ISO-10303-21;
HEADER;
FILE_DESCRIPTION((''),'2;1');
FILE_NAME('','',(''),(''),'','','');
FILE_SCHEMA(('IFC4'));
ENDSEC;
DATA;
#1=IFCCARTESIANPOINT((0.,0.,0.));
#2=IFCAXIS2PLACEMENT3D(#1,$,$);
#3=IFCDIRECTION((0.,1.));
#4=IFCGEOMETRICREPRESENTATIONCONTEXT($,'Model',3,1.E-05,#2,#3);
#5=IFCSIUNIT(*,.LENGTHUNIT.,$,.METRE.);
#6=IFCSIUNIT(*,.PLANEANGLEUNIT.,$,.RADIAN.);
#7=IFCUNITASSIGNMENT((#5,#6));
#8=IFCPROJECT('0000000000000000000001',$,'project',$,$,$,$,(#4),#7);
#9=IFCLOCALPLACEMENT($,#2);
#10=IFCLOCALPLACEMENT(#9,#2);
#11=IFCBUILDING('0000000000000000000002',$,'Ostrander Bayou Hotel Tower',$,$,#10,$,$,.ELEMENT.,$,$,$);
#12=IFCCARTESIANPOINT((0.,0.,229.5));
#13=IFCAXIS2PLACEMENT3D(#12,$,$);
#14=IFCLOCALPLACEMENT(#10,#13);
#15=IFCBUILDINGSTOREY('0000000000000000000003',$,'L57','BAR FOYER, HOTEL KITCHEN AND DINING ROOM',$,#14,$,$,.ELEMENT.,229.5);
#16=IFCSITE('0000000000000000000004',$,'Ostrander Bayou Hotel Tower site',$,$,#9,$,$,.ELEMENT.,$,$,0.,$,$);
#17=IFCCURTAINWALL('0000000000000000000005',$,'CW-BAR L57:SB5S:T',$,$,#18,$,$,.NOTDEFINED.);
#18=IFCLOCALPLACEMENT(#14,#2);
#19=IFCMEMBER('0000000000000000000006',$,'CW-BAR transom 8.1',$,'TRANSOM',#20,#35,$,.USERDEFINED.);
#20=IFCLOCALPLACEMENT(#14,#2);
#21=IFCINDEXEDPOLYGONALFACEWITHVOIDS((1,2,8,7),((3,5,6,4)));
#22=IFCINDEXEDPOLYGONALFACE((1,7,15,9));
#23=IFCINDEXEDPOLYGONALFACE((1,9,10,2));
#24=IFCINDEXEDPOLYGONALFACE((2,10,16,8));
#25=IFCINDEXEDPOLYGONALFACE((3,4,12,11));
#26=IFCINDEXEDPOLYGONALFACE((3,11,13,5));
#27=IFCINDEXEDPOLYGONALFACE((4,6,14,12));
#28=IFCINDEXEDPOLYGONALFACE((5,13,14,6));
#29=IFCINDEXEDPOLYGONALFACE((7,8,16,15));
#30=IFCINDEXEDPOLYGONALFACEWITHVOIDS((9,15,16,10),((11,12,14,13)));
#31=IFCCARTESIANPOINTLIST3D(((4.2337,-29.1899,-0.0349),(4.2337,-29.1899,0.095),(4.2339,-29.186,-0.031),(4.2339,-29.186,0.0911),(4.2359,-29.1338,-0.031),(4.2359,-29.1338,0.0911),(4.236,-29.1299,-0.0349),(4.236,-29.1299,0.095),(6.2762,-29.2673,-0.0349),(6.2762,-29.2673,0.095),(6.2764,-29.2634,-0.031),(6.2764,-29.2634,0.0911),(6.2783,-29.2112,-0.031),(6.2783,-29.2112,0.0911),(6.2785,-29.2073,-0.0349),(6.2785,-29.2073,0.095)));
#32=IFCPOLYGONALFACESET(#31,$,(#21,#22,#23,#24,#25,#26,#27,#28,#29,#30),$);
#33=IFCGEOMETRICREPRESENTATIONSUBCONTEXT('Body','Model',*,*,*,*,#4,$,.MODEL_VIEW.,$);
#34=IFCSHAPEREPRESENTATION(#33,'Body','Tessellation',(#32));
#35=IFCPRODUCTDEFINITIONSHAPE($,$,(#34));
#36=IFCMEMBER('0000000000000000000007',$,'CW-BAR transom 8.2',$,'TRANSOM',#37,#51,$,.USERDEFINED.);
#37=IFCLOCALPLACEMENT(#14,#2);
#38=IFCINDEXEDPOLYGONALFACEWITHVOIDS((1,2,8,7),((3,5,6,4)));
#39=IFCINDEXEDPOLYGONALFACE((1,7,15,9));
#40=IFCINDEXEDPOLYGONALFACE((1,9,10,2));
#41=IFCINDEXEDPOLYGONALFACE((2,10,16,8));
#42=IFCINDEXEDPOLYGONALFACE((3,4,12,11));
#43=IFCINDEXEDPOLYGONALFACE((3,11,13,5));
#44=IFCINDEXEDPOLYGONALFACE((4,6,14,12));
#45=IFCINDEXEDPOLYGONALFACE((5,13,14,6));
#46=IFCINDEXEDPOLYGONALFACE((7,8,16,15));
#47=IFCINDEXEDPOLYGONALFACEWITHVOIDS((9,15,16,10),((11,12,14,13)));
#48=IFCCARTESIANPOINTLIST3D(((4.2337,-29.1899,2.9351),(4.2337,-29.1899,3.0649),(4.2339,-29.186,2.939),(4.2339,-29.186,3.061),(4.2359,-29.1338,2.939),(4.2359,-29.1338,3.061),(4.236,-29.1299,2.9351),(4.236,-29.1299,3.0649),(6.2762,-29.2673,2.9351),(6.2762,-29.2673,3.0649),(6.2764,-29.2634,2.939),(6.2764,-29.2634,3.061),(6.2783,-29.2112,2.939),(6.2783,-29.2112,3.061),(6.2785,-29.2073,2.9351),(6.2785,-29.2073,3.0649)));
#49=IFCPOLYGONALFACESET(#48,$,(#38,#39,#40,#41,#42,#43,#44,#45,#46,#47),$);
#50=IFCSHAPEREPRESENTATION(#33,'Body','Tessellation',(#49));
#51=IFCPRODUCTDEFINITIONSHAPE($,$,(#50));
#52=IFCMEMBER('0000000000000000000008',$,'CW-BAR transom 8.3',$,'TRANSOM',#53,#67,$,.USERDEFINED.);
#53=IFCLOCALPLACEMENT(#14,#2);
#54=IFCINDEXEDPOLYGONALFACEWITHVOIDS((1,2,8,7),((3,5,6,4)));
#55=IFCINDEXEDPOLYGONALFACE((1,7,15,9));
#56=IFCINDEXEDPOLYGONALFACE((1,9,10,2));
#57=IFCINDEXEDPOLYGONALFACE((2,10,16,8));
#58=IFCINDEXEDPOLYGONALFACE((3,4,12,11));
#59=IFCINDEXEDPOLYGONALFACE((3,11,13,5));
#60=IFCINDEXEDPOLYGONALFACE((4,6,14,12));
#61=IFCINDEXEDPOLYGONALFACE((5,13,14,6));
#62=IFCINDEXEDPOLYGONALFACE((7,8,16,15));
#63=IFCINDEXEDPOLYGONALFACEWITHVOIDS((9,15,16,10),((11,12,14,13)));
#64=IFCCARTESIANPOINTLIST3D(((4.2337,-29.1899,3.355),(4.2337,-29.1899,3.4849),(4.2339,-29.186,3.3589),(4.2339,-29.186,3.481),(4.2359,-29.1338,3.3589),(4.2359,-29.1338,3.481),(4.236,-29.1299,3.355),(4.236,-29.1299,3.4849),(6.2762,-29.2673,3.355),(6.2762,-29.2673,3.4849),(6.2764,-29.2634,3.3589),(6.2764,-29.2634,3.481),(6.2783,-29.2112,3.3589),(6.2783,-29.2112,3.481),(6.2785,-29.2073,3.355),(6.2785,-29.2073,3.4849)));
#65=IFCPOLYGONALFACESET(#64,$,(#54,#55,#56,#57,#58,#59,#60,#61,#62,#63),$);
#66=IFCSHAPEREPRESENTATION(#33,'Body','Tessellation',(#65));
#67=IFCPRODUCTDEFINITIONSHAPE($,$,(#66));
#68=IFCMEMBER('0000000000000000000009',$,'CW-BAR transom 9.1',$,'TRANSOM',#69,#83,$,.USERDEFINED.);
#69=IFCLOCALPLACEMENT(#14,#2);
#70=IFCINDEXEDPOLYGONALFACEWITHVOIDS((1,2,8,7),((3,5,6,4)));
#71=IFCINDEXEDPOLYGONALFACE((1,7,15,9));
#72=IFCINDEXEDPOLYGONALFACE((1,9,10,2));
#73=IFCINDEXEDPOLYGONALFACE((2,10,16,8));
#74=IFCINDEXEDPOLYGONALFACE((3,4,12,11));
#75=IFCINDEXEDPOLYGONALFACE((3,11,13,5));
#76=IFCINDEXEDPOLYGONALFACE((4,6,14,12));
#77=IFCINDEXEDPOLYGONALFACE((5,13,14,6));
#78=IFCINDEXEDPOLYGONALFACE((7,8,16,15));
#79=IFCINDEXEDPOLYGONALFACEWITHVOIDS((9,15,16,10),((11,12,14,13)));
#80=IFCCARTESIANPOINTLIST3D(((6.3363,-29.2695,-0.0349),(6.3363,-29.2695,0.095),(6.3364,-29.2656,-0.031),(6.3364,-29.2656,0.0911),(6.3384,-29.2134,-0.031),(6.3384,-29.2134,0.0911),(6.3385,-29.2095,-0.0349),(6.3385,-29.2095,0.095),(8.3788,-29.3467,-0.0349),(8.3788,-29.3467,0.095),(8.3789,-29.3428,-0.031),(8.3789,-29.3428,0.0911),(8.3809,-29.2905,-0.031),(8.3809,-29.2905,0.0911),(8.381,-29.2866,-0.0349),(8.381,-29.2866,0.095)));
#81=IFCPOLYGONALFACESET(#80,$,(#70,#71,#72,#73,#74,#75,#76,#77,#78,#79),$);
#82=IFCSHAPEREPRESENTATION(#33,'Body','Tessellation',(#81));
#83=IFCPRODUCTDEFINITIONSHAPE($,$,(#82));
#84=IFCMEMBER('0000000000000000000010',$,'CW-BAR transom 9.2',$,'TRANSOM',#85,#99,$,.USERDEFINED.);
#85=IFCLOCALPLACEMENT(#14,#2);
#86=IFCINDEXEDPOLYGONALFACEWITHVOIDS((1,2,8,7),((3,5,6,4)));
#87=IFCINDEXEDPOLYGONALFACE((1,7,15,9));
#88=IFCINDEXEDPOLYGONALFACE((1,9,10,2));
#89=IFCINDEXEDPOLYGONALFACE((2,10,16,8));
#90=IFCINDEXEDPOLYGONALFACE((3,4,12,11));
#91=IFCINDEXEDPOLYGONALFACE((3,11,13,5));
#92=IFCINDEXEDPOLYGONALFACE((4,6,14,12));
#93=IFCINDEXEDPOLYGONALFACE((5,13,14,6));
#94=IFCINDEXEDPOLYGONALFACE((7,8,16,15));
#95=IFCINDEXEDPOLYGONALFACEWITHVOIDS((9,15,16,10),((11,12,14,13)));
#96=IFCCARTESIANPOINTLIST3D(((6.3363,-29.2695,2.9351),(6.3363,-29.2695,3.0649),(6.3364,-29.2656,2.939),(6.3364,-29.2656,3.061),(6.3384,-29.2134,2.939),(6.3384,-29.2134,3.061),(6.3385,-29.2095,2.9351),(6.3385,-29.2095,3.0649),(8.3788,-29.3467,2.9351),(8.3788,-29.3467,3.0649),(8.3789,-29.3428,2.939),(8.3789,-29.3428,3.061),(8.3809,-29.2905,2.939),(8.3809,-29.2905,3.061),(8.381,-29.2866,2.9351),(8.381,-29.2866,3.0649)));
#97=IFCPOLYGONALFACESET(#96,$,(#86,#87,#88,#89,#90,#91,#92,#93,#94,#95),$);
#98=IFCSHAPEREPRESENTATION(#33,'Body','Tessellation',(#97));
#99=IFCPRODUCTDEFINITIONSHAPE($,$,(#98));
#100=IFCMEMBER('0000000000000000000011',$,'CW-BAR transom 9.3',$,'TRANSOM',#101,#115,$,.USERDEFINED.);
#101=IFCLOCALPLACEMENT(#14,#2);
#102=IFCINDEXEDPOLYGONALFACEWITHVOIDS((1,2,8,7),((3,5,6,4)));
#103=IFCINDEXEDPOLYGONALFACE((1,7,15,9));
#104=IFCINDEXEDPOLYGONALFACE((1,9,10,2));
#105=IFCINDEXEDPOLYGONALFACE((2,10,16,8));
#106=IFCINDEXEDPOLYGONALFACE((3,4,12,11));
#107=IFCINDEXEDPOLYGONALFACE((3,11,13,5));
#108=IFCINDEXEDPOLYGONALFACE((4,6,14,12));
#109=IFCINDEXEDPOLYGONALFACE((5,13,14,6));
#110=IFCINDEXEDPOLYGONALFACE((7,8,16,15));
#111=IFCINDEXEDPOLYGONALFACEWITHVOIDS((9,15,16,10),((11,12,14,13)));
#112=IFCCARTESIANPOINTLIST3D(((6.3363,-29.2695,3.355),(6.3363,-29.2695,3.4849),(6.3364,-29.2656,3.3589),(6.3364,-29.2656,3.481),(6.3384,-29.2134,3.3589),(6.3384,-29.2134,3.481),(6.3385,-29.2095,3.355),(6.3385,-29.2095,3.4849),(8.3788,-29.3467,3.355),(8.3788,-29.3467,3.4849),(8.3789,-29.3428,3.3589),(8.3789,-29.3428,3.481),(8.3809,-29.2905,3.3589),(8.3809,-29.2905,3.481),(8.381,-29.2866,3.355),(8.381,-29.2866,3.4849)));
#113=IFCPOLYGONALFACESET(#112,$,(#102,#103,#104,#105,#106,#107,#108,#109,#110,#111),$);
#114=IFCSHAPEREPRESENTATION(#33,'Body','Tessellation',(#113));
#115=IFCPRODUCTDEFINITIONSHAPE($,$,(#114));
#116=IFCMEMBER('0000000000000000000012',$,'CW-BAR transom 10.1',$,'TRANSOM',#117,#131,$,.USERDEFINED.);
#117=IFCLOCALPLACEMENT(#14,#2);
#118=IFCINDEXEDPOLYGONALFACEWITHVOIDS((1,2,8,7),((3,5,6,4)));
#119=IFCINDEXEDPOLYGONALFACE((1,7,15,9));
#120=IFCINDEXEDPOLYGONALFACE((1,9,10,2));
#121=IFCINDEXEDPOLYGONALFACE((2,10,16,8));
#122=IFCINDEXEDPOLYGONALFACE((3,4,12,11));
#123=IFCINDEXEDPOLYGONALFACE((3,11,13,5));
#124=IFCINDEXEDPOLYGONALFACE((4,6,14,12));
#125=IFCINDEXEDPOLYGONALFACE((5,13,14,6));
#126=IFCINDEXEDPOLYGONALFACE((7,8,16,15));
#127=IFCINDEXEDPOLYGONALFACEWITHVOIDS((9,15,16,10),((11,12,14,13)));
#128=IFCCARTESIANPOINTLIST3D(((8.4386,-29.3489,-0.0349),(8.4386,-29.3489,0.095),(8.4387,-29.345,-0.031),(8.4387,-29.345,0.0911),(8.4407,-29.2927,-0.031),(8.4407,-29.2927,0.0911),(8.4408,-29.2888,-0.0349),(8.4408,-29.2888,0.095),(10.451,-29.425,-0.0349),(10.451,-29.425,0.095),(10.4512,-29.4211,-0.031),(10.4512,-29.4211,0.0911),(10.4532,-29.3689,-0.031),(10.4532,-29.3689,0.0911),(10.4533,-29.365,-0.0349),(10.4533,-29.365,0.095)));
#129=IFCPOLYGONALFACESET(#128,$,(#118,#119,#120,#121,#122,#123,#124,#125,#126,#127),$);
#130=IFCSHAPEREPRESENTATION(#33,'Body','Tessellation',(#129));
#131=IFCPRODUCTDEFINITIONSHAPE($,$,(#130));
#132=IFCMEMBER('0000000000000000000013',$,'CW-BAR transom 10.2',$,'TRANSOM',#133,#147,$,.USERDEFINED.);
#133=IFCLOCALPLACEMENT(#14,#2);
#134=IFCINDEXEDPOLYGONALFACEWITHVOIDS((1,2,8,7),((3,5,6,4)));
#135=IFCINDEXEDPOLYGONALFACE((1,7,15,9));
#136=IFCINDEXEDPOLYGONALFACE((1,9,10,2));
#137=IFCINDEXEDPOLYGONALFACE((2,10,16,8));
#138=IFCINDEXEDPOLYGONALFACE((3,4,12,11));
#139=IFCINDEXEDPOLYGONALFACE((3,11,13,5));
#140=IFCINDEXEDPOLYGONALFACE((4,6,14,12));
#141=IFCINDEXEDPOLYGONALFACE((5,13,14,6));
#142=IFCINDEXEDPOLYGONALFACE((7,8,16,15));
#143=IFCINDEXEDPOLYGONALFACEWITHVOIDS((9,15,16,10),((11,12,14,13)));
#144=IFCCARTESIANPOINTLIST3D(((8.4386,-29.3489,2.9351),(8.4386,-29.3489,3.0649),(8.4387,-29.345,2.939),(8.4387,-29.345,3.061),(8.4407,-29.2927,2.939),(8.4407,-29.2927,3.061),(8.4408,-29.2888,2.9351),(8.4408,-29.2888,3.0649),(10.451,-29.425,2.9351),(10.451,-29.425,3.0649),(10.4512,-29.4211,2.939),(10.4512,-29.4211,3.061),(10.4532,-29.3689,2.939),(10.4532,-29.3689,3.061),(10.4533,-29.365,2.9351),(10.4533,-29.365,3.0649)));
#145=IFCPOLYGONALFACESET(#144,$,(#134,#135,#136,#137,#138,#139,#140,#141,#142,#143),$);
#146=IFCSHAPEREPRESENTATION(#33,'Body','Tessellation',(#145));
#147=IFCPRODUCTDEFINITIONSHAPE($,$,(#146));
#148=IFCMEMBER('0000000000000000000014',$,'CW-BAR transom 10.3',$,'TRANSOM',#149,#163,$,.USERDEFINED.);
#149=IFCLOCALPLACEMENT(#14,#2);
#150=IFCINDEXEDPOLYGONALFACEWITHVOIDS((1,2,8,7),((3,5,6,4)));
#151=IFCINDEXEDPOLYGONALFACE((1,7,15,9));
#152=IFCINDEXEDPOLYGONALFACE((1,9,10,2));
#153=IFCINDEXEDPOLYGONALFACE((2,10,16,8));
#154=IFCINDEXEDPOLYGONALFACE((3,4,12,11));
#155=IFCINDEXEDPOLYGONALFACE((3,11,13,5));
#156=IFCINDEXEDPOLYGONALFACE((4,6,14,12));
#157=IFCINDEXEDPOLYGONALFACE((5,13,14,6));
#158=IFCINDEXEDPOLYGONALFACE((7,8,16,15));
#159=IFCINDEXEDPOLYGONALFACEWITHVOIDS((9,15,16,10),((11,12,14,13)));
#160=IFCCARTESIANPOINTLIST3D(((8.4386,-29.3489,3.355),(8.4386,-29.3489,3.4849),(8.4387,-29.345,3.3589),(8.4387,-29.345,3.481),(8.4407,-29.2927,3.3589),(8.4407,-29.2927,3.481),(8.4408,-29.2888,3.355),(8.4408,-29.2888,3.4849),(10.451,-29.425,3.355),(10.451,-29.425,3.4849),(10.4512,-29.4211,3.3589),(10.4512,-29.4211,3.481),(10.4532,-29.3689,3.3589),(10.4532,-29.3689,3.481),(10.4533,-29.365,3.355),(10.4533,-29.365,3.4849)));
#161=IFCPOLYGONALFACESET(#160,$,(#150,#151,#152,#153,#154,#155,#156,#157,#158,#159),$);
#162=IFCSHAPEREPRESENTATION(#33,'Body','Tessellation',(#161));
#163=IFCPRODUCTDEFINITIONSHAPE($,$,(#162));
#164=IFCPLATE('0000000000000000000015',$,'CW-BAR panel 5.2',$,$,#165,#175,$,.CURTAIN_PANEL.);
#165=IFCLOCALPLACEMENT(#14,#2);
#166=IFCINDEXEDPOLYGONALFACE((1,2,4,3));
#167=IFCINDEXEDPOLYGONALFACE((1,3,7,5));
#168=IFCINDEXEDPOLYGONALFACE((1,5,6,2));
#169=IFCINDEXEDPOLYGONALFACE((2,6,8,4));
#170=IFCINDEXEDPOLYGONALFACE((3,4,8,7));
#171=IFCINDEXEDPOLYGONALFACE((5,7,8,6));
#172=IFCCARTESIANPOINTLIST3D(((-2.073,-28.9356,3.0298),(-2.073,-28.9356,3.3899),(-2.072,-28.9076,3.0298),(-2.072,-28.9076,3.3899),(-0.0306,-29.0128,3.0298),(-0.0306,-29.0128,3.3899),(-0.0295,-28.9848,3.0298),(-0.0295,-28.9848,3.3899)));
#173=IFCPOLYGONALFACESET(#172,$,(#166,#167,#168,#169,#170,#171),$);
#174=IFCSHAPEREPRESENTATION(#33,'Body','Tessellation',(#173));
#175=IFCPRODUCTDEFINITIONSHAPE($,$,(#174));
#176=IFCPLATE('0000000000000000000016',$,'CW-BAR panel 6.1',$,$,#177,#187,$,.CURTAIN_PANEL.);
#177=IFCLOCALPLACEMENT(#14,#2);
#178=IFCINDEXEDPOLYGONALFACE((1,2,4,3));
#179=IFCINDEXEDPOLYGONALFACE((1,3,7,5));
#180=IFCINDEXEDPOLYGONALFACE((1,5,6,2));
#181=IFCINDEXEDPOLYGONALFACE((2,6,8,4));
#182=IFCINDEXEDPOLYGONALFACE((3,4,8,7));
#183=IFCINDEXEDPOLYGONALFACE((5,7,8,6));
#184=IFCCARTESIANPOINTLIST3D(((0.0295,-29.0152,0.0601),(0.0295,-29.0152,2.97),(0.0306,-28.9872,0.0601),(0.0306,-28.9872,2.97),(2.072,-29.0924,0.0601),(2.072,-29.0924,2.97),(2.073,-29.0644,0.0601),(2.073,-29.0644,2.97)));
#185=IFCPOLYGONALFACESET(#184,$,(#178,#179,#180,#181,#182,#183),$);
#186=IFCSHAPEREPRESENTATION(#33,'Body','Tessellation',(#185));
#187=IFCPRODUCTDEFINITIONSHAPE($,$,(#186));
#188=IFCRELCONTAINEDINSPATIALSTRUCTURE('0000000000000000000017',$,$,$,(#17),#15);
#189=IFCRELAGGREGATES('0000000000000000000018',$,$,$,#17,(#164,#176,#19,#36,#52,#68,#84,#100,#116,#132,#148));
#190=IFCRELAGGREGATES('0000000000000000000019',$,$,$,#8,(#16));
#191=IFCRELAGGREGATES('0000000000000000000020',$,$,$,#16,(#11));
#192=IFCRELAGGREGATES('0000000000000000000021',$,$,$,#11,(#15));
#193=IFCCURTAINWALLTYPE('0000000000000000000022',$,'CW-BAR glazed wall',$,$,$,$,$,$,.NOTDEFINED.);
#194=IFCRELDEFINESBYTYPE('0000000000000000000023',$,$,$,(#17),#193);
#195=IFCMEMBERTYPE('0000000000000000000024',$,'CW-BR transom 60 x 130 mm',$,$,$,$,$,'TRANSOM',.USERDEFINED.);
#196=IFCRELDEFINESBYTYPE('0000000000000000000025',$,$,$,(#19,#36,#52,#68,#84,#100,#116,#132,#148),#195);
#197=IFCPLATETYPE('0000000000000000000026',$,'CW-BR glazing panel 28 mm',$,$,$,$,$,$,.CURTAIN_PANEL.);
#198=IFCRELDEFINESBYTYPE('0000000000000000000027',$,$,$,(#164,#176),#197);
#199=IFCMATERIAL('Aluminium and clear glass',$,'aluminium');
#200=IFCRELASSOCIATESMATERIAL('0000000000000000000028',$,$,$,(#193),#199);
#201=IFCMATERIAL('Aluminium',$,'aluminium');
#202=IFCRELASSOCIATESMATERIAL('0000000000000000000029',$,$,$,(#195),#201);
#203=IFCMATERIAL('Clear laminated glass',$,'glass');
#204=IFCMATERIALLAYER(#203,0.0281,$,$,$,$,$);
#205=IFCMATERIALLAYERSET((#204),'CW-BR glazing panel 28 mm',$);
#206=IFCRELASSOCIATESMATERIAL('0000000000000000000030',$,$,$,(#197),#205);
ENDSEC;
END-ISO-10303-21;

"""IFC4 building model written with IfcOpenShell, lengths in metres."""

from ifc_helpers import new_model, si_unit, direction, frame, origin, origin_2d, place, context, subcontext, project, spatial, rectangle, hollow_rectangle, extrude, material, layer, layer_set, material_profile, profile_set, type_object, element, aggregate, save


model = new_model("IFC4")

# Units and contexts
model_context = context("Model", 3, precision=1e-05, world=origin(), true_north=direction((0.0, 1.0)))
body_context = subcontext(model_context, "Body", "Model", "MODEL_VIEW")
ifc_project = project(units=[si_unit("LENGTHUNIT", "METRE"), si_unit("PLANEANGLEUNIT", "RADIAN")], contexts=[model_context])

# Site, building, storey
site_placement = place(None, origin())
site = spatial("IfcSite", under=ifc_project, at=site_placement, Name="Ostrander Bayou Hotel Tower site", CompositionType="ELEMENT", RefElevation=0.0)
building_placement = place(site_placement, origin())
building = spatial("IfcBuilding", under=site, at=building_placement, Name="Ostrander Bayou Hotel Tower", CompositionType="ELEMENT")
storey_placement = place(building_placement, frame((0.0, 0.0, 229.5)))
storey = spatial("IfcBuildingStorey", under=building, at=storey_placement, Name="L57", Description="BAR FOYER, HOTEL KITCHEN AND DINING ROOM", CompositionType="ELEMENT", Elevation=229.5)

# Curtain wall, members, plates
ifc_material_1 = material(Name="Aluminium and clear glass", Category="aluminium")
curtain_wall_type = type_object("IfcCurtainWallType", Name="CW-BAR glazed wall", PredefinedType="NOTDEFINED", material=ifc_material_1)
curtain_wall_placement = place(storey_placement, origin())
curtain_wall = element("IfcCurtainWall", 1, at=curtain_wall_placement, inside=storey, type_object=curtain_wall_type, Name="CW-BAR L57:SB5S:T", PredefinedType="NOTDEFINED")
ifc_material_2 = material(Name="Aluminium", Category="aluminium")
ifc_material_profile_1 = material_profile(ifc_material_2, hollow_rectangle(XDim=0.0601, YDim=0.1299, WallThickness=0.0039, at=origin_2d()))
ifc_profile_set_1 = profile_set([ifc_material_profile_1], Name="Aluminium")
member_type_1 = type_object("IfcMemberType", Name="CW-BR transom 60 x 130 mm", ElementType="TRANSOM", PredefinedType="USERDEFINED", material=ifc_profile_set_1)
member_1_placement = place(storey_placement, frame((4.2349, -29.1599, 0.03), z_axis=(0.999283, -0.037864, 0.0), x_axis=(0.037864, 0.999283, 0.0)))
member_1 = element("IfcMember", 2, at=member_1_placement, type_object=member_type_1, Name="CW-BAR transom 8.1", ObjectType="TRANSOM", PredefinedType="USERDEFINED", context=body_context, shape_type="SweptSolid", body=[
    extrude(hollow_rectangle(XDim=0.0601, YDim=0.1299, WallThickness=0.0039, at=origin_2d()), origin(), (0.0, 0.0, 1.0), 2.0439),
])
member_2_placement = place(storey_placement, frame((4.2349, -29.1599, 3.0), z_axis=(0.999283, -0.037864, 0.0), x_axis=(0.037864, 0.999283, 0.0)))
member_2 = element("IfcMember", 3, at=member_2_placement, type_object=member_type_1, Name="CW-BAR transom 8.2", ObjectType="TRANSOM", PredefinedType="USERDEFINED", context=body_context, shape_type="SweptSolid", body=[
    extrude(hollow_rectangle(XDim=0.0601, YDim=0.1299, WallThickness=0.0039, at=origin_2d()), origin(), (0.0, 0.0, 1.0), 2.0439),
])
member_3_placement = place(storey_placement, frame((4.2349, -29.1599, 3.4199), z_axis=(0.999283, -0.037864, 0.0), x_axis=(0.037864, 0.999283, 0.0)))
member_3 = element("IfcMember", 4, at=member_3_placement, type_object=member_type_1, Name="CW-BAR transom 8.3", ObjectType="TRANSOM", PredefinedType="USERDEFINED", context=body_context, shape_type="SweptSolid", body=[
    extrude(hollow_rectangle(XDim=0.0601, YDim=0.1299, WallThickness=0.0039, at=origin_2d()), origin(), (0.0, 0.0, 1.0), 2.0439),
])
member_4_placement = place(storey_placement, frame((6.3374, -29.2395, 0.03), z_axis=(0.999287, -0.037745, 0.0), x_axis=(0.037745, 0.999287, 0.0)))
member_4 = element("IfcMember", 5, at=member_4_placement, type_object=member_type_1, Name="CW-BAR transom 9.1", ObjectType="TRANSOM", PredefinedType="USERDEFINED", context=body_context, shape_type="SweptSolid", body=[
    extrude(hollow_rectangle(XDim=0.0601, YDim=0.1299, WallThickness=0.0039, at=origin_2d()), origin(), (0.0, 0.0, 1.0), 2.0439),
])
member_5_placement = place(storey_placement, frame((6.3374, -29.2395, 3.0), z_axis=(0.999287, -0.037745, 0.0), x_axis=(0.037745, 0.999287, 0.0)))
member_5 = element("IfcMember", 6, at=member_5_placement, type_object=member_type_1, Name="CW-BAR transom 9.2", ObjectType="TRANSOM", PredefinedType="USERDEFINED", context=body_context, shape_type="SweptSolid", body=[
    extrude(hollow_rectangle(XDim=0.0601, YDim=0.1299, WallThickness=0.0039, at=origin_2d()), origin(), (0.0, 0.0, 1.0), 2.0439),
])
member_6_placement = place(storey_placement, frame((6.3374, -29.2395, 3.4199), z_axis=(0.999287, -0.037745, 0.0), x_axis=(0.037745, 0.999287, 0.0)))
member_6 = element("IfcMember", 7, at=member_6_placement, type_object=member_type_1, Name="CW-BAR transom 9.3", ObjectType="TRANSOM", PredefinedType="USERDEFINED", context=body_context, shape_type="SweptSolid", body=[
    extrude(hollow_rectangle(XDim=0.0601, YDim=0.1299, WallThickness=0.0039, at=origin_2d()), origin(), (0.0, 0.0, 1.0), 2.0439),
])
member_7_placement = place(storey_placement, frame((8.4397, -29.3188, 0.03), z_axis=(0.999284, -0.037823, 0.0), x_axis=(0.037823, 0.999284, 0.0)))
member_7 = element("IfcMember", 8, at=member_7_placement, type_object=member_type_1, Name="CW-BAR transom 10.1", ObjectType="TRANSOM", PredefinedType="USERDEFINED", context=body_context, shape_type="SweptSolid", body=[
    extrude(hollow_rectangle(XDim=0.0601, YDim=0.1299, WallThickness=0.0039, at=origin_2d()), origin(), (0.0, 0.0, 1.0), 2.0139),
])
member_8_placement = place(storey_placement, frame((8.4397, -29.3188, 3.0), z_axis=(0.999284, -0.037823, 0.0), x_axis=(0.037823, 0.999284, 0.0)))
member_8 = element("IfcMember", 9, at=member_8_placement, type_object=member_type_1, Name="CW-BAR transom 10.2", ObjectType="TRANSOM", PredefinedType="USERDEFINED", context=body_context, shape_type="SweptSolid", body=[
    extrude(hollow_rectangle(XDim=0.0601, YDim=0.1299, WallThickness=0.0039, at=origin_2d()), origin(), (0.0, 0.0, 1.0), 2.0139),
])
member_9_placement = place(storey_placement, frame((8.4397, -29.3188, 3.4199), z_axis=(0.999284, -0.037823, 0.0), x_axis=(0.037823, 0.999284, 0.0)))
member_9 = element("IfcMember", 10, at=member_9_placement, type_object=member_type_1, Name="CW-BAR transom 10.3", ObjectType="TRANSOM", PredefinedType="USERDEFINED", context=body_context, shape_type="SweptSolid", body=[
    extrude(hollow_rectangle(XDim=0.0601, YDim=0.1299, WallThickness=0.0039, at=origin_2d()), origin(), (0.0, 0.0, 1.0), 2.0139),
])
ifc_material_3 = material(Name="Clear laminated glass", Category="glass")
ifc_layer_1 = layer(ifc_material_3, 0.0281)
ifc_layer_set_1 = layer_set([ifc_layer_1], Name="CW-BR glazing panel 28 mm")
plate_type = type_object("IfcPlateType", Name="CW-BR glazing panel 28 mm", PredefinedType="CURTAIN_PANEL", material=ifc_layer_set_1)
plate_1_placement = place(storey_placement, frame((-1.0513, -28.9602, 3.0298), z_axis=(0.0, 0.0, 1.0), x_axis=(0.999287, -0.037758, 0.0)))
plate_1 = element("IfcPlate", 11, at=plate_1_placement, type_object=plate_type, Name="CW-BAR panel 5.2", PredefinedType="CURTAIN_PANEL", context=body_context, shape_type="SweptSolid", body=[
    extrude(rectangle(XDim=2.0439, YDim=0.0281, at=origin_2d()), origin(), (0.0, 0.0, 1.0), 0.3601),
])
plate_2_placement = place(storey_placement, frame((1.0513, -29.0398, 0.0601), z_axis=(0.0, 0.0, 1.0), x_axis=(0.999287, -0.037758, 0.0)))
plate_2 = element("IfcPlate", 12, at=plate_2_placement, type_object=plate_type, Name="CW-BAR panel 6.1", PredefinedType="CURTAIN_PANEL", context=body_context, shape_type="SweptSolid", body=[
    extrude(rectangle(XDim=2.0439, YDim=0.0281, at=origin_2d()), origin(), (0.0, 0.0, 1.0), 2.9099),
])
aggregate(curtain_wall, [plate_1, plate_2, member_1, member_2, member_3, member_4, member_5, member_6, member_7, member_8, member_9])

save(model, "model.ifc")
